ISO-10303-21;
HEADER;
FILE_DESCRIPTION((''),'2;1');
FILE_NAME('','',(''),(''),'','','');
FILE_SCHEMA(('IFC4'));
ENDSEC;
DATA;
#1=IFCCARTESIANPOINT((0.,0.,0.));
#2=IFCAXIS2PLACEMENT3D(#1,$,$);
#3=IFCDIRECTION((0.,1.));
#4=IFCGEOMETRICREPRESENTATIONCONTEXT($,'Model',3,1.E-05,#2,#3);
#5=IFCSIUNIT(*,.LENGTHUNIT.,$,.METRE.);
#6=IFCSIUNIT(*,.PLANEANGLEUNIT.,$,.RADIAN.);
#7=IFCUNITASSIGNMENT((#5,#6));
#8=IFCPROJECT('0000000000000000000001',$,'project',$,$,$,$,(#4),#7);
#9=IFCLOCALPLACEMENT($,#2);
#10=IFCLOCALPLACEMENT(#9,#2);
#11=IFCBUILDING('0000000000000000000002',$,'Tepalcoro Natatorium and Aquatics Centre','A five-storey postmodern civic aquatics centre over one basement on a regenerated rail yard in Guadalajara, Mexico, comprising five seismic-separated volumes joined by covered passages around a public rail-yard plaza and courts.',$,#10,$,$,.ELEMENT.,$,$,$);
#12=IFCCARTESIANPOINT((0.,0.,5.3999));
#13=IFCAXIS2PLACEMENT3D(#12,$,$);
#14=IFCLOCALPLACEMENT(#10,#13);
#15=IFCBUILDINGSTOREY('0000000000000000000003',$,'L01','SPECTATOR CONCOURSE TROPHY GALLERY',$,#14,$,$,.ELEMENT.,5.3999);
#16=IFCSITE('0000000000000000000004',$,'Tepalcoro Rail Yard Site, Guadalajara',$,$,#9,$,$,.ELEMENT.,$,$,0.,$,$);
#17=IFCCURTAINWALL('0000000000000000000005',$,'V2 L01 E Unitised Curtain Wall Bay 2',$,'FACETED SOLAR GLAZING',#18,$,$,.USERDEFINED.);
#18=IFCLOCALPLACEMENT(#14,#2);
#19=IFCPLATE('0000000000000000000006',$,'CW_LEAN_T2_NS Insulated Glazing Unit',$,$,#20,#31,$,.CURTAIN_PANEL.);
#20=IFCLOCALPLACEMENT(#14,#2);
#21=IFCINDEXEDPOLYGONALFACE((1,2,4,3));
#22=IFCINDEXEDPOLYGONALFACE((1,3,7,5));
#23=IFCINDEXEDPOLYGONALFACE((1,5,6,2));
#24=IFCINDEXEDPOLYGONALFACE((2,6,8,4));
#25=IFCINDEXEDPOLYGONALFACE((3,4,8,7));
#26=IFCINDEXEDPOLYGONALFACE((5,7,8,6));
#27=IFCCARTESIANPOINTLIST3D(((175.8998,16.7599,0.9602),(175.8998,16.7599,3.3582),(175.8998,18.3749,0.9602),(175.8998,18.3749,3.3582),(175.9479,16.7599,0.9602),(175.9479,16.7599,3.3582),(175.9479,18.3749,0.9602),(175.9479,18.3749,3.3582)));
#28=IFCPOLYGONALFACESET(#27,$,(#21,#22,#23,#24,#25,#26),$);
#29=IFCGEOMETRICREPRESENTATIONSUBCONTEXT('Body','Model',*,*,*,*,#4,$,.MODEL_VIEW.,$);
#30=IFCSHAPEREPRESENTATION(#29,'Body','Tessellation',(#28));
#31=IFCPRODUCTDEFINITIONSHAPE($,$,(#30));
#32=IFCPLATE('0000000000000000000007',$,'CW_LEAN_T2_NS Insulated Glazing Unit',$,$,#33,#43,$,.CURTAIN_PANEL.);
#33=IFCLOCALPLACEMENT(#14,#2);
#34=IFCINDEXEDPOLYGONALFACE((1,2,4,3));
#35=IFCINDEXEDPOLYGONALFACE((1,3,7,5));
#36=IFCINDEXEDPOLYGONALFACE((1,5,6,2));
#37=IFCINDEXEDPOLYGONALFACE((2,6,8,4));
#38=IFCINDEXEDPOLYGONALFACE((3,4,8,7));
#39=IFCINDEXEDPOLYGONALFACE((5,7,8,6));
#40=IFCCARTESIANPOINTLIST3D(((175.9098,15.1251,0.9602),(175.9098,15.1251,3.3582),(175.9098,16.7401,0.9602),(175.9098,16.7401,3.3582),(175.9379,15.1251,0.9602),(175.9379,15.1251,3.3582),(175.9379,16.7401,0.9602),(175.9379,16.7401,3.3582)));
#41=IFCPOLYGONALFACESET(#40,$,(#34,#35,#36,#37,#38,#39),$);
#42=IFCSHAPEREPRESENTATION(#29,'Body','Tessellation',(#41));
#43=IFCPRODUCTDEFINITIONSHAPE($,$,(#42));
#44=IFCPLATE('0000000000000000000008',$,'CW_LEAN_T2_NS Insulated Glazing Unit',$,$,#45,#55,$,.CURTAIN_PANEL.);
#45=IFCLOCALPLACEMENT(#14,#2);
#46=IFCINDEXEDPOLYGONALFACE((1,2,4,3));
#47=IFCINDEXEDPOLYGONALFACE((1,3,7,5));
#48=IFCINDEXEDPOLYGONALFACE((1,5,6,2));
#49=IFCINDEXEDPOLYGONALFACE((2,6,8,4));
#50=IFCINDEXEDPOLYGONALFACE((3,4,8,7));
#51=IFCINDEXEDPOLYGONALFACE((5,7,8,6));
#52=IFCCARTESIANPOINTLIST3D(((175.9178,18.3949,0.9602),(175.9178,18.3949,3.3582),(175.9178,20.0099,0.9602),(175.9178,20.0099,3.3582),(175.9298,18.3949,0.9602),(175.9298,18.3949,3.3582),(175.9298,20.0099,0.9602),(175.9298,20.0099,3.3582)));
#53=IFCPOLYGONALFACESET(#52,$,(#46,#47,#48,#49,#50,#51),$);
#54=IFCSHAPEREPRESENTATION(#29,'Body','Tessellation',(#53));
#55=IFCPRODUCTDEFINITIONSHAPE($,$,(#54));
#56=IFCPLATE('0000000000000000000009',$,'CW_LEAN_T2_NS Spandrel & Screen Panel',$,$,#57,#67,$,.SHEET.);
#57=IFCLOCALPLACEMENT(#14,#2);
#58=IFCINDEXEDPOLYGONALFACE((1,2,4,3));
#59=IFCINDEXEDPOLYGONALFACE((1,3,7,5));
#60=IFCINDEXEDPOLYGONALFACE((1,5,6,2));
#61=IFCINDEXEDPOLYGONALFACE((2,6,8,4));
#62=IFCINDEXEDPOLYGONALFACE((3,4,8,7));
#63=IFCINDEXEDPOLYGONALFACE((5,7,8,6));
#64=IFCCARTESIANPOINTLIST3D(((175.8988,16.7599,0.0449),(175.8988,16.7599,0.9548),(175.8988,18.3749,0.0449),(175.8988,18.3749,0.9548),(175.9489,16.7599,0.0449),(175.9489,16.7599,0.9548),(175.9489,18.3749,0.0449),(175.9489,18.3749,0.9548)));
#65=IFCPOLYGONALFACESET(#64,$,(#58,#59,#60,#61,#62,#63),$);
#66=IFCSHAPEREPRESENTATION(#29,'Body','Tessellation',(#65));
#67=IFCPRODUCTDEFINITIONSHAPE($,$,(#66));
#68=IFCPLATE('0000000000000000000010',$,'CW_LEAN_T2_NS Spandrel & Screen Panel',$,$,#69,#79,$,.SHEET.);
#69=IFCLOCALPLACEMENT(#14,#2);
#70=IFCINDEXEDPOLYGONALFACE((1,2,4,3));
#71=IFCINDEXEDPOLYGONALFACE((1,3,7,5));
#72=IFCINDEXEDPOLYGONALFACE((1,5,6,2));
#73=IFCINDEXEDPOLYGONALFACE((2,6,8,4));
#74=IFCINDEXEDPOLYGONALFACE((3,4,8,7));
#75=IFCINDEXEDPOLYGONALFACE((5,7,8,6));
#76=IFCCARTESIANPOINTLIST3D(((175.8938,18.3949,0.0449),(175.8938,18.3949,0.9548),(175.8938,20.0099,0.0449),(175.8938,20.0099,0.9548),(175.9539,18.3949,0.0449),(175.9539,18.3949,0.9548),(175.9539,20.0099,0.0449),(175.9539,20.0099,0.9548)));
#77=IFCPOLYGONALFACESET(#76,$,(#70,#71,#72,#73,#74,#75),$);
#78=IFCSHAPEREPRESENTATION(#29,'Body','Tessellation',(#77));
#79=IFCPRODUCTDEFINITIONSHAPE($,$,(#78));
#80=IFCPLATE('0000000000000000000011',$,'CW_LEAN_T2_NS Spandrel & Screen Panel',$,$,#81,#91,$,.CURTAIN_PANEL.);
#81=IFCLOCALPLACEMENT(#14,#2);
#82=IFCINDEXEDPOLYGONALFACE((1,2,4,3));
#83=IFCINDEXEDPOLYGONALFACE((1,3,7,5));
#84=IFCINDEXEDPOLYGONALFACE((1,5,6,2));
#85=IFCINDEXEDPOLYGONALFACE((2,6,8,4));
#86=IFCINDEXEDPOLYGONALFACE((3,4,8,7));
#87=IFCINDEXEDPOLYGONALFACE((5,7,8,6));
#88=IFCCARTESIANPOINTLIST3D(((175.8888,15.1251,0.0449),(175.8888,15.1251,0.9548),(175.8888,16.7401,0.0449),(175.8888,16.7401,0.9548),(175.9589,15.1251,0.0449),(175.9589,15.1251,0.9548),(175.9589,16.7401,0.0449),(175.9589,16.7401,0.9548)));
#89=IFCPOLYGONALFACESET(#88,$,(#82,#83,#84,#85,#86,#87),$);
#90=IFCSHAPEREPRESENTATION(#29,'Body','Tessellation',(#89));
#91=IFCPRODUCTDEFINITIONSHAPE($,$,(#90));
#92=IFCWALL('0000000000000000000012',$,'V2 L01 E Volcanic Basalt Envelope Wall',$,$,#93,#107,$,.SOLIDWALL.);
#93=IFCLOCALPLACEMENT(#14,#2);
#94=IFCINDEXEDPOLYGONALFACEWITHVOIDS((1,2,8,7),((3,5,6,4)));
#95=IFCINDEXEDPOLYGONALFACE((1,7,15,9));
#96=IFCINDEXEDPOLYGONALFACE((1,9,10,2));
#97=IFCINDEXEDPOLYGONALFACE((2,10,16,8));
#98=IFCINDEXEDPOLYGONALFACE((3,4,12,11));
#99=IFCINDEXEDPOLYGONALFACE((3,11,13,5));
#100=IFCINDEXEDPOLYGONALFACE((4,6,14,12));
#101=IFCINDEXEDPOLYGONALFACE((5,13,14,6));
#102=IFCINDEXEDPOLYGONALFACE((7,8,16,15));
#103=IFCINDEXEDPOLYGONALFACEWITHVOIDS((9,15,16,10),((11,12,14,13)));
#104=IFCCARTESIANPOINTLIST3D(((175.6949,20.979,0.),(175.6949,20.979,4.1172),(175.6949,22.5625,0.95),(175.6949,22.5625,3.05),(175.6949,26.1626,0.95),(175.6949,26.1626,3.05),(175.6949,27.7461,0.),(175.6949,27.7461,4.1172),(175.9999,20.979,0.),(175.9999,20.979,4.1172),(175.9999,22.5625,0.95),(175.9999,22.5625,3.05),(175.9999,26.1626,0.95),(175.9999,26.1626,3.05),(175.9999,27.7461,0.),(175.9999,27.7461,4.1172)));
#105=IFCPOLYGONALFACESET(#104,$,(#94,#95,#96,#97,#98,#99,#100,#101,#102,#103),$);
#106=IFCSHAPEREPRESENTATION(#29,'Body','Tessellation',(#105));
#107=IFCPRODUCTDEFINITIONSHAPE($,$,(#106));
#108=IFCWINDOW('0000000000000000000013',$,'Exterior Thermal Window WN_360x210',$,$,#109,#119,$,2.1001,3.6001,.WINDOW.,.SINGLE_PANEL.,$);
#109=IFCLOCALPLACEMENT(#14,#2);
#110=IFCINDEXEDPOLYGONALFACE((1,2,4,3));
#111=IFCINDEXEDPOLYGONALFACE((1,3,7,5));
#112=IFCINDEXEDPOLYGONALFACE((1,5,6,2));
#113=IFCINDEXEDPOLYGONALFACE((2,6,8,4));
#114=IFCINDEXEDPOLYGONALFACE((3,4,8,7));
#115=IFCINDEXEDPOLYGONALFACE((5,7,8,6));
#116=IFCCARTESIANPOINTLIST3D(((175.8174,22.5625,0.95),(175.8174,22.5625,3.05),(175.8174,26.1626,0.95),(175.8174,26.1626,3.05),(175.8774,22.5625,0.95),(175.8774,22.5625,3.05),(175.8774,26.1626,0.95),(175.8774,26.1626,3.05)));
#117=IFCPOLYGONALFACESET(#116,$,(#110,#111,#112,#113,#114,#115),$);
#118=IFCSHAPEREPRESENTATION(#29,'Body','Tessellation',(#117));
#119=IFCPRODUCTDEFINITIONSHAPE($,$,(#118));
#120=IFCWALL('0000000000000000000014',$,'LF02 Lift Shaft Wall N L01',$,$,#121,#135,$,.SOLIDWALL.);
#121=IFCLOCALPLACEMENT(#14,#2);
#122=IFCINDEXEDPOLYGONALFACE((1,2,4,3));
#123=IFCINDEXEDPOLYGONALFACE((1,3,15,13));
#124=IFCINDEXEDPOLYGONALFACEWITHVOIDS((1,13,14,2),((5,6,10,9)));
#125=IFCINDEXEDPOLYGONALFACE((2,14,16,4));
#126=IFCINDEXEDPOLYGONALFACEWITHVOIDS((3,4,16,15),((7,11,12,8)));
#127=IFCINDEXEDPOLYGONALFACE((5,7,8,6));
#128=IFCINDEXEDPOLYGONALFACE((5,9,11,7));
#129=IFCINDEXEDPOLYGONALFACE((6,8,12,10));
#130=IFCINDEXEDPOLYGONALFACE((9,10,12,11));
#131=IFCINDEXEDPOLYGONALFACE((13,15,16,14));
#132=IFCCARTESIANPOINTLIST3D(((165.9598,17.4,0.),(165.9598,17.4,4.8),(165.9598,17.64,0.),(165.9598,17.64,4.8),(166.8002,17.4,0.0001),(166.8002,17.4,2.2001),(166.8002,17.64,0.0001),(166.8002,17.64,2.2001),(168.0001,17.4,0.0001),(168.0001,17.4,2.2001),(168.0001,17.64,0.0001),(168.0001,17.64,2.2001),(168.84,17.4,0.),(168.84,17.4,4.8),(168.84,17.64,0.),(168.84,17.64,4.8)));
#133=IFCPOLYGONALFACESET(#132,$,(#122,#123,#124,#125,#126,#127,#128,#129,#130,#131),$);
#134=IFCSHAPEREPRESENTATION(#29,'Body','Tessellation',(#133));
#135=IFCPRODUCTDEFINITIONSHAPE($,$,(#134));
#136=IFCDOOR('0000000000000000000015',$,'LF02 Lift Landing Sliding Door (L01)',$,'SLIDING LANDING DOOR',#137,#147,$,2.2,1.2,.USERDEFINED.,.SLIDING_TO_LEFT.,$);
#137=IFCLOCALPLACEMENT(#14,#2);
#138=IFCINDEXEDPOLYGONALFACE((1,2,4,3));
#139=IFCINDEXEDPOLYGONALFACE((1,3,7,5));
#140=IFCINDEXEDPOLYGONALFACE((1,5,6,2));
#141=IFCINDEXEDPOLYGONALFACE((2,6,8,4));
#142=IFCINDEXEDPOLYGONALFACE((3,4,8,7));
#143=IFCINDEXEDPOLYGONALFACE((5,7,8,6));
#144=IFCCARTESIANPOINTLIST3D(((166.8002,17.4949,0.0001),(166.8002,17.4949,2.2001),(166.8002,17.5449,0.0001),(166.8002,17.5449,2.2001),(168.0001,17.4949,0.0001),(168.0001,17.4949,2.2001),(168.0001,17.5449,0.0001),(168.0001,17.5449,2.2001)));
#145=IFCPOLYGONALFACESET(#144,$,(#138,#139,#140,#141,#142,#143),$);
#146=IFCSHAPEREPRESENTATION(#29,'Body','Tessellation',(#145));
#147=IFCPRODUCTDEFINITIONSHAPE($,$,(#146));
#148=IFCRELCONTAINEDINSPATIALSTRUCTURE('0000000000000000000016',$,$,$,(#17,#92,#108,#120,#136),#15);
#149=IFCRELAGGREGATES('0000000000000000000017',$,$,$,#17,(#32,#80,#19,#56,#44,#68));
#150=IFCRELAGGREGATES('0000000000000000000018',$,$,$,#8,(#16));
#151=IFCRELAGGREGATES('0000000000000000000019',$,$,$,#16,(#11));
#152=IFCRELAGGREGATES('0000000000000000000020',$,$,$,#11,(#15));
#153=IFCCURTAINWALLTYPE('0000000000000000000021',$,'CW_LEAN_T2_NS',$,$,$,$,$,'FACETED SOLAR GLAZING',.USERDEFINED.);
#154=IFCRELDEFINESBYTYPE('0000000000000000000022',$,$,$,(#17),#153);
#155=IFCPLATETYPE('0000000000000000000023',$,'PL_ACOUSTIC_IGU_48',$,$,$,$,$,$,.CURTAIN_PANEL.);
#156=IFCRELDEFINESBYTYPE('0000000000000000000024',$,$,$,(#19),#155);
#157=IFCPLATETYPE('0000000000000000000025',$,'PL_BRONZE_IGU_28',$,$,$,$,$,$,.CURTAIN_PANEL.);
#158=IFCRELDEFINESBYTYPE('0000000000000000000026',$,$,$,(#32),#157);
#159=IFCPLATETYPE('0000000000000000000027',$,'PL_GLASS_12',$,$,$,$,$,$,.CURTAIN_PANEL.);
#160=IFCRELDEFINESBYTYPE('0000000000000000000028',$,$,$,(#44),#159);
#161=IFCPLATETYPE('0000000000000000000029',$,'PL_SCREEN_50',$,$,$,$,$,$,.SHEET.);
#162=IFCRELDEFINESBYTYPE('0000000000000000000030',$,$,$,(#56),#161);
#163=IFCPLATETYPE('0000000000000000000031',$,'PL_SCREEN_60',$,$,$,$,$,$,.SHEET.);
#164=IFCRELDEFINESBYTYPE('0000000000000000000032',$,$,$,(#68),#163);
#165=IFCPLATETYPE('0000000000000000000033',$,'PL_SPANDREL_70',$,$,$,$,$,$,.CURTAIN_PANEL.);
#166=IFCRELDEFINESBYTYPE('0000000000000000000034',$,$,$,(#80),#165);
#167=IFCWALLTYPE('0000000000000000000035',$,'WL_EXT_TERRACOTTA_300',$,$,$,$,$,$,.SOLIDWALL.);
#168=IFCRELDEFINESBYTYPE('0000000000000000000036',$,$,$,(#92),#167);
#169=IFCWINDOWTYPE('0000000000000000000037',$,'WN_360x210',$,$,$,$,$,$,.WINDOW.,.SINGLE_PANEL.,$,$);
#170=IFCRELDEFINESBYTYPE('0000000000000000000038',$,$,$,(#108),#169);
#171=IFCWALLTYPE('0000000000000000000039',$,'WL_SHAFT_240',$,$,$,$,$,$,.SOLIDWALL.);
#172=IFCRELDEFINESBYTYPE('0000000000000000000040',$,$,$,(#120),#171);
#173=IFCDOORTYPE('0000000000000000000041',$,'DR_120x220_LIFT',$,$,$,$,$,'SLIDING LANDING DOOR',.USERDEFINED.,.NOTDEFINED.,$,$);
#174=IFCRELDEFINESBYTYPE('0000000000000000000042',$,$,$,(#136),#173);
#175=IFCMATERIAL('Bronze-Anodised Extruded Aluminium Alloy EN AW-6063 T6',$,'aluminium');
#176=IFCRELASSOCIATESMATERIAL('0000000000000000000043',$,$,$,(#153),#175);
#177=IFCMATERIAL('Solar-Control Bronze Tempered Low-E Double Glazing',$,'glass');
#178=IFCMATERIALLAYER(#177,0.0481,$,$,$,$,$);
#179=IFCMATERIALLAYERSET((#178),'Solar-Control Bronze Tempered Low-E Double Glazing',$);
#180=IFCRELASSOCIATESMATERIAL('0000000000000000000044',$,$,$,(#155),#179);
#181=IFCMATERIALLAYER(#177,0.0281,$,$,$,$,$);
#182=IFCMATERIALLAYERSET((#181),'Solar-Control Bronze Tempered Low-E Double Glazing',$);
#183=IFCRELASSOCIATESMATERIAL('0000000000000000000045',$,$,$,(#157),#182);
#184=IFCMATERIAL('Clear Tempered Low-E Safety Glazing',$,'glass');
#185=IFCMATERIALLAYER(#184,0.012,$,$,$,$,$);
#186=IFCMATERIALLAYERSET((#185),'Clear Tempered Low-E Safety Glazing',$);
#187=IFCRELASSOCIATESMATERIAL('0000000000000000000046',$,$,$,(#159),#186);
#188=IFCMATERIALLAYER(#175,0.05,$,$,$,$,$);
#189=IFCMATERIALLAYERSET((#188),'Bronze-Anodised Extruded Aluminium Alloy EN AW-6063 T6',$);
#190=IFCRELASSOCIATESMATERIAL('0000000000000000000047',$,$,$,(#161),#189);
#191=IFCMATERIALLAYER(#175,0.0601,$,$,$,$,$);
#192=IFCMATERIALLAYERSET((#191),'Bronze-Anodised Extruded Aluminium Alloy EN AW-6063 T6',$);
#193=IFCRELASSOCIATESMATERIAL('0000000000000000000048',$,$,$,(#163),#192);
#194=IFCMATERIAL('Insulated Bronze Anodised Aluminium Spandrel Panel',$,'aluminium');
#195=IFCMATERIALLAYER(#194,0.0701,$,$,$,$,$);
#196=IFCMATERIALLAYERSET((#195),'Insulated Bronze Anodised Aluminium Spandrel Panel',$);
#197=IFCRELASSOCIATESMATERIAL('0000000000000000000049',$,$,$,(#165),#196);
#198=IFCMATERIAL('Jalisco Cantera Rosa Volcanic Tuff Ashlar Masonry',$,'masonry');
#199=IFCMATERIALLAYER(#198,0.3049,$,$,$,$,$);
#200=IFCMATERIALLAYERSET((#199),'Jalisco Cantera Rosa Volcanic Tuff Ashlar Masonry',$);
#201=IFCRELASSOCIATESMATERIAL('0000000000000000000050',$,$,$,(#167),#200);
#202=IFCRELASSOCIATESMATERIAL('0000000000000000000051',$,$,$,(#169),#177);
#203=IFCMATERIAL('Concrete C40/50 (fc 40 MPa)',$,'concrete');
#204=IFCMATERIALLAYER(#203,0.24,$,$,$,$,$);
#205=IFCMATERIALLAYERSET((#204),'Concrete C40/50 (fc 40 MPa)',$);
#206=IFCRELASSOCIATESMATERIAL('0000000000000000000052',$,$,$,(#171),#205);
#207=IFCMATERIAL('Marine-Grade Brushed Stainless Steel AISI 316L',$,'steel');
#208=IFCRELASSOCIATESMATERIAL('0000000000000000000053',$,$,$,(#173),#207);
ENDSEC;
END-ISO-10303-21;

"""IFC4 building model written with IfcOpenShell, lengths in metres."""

from ifc_helpers import new_model, si_unit, direction, frame, frame_2d, origin, origin_2d, place, context, subcontext, project, spatial, rectangle, extrude, material, layer, layer_set, type_object, element, fill, aggregate, save


model = new_model("IFC4")

# Units and contexts
model_context = context("Model", 3, precision=1e-05, world=origin(), true_north=direction((0.0, 1.0)))
body_context = subcontext(model_context, "Body", "Model", "MODEL_VIEW")
ifc_project = project(units=[si_unit("LENGTHUNIT", "METRE"), si_unit("PLANEANGLEUNIT", "RADIAN")], contexts=[model_context])

# Site, building, storey
site_placement = place(None, origin())
site = spatial("IfcSite", under=ifc_project, at=site_placement, Name="Tepalcoro Rail Yard Site, Guadalajara", CompositionType="ELEMENT", RefElevation=0.0)
building_placement = place(site_placement, origin())
building = spatial("IfcBuilding", under=site, at=building_placement, Name="Tepalcoro Natatorium and Aquatics Centre", Description="A five-storey postmodern civic aquatics centre over one basement on a regenerated rail yard in Guadalajara, Mexico, comprising five seismic-separated volumes joined by covered passages around a public rail-yard plaza and courts.", CompositionType="ELEMENT")
storey_placement = place(building_placement, frame((0.0, 0.0, 5.3999)))
storey = spatial("IfcBuildingStorey", under=building, at=storey_placement, Name="L01", Description="SPECTATOR CONCOURSE TROPHY GALLERY", CompositionType="ELEMENT", Elevation=5.3999)

# Shared definitions
ifc_material_1 = material(Name="Concrete C40/50 (fc 40 MPa)", Category="concrete")

# Curtain wall
ifc_material_2 = material(Name="Bronze-Anodised Extruded Aluminium Alloy EN AW-6063 T6", Category="aluminium")
curtain_wall_type = type_object("IfcCurtainWallType", Name="CW_LEAN_T2_NS", ElementType="FACETED SOLAR GLAZING", PredefinedType="USERDEFINED", material=ifc_material_2)
curtain_wall_placement = place(storey_placement, origin())
curtain_wall = element("IfcCurtainWall", 1, at=curtain_wall_placement, inside=storey, type_object=curtain_wall_type, Name="V2 L01 E Unitised Curtain Wall Bay 2", ObjectType="FACETED SOLAR GLAZING", PredefinedType="USERDEFINED")

# Plates
ifc_material_3 = material(Name="Solar-Control Bronze Tempered Low-E Double Glazing", Category="glass")
ifc_layer_1 = layer(ifc_material_3, 0.0481)
ifc_layer_set_1 = layer_set([ifc_layer_1], Name="Solar-Control Bronze Tempered Low-E Double Glazing")
plate_type_1 = type_object("IfcPlateType", Name="PL_ACOUSTIC_IGU_48", PredefinedType="CURTAIN_PANEL", material=ifc_layer_set_1)
plate_1_placement = place(storey_placement, frame((175.9238, 17.5674, 0.9602), z_axis=(0.0, 0.0, 1.0), x_axis=(1.0, 0.0, 0.0)))
plate_1 = element("IfcPlate", 2, at=plate_1_placement, type_object=plate_type_1, Name="CW_LEAN_T2_NS Insulated Glazing Unit", PredefinedType="CURTAIN_PANEL", context=body_context, shape_type="SweptSolid", body=[
    extrude(rectangle(XDim=0.0481, YDim=1.615, at=origin_2d()), origin(), (0.0, 0.0, 1.0), 2.3979),
])
ifc_layer_2 = layer(ifc_material_3, 0.0281)
ifc_layer_set_2 = layer_set([ifc_layer_2], Name="Solar-Control Bronze Tempered Low-E Double Glazing")
plate_type_2 = type_object("IfcPlateType", Name="PL_BRONZE_IGU_28", PredefinedType="CURTAIN_PANEL", material=ifc_layer_set_2)
plate_2_placement = place(storey_placement, frame((175.9238, 15.9326, 0.9602), z_axis=(0.0, 0.0, 1.0), x_axis=(1.0, 0.0, 0.0)))
plate_2 = element("IfcPlate", 3, at=plate_2_placement, type_object=plate_type_2, Name="CW_LEAN_T2_NS Insulated Glazing Unit", PredefinedType="CURTAIN_PANEL", context=body_context, shape_type="SweptSolid", body=[
    extrude(rectangle(XDim=0.0281, YDim=1.615, at=origin_2d()), origin(), (0.0, 0.0, 1.0), 2.3979),
])
ifc_material_4 = material(Name="Clear Tempered Low-E Safety Glazing", Category="glass")
ifc_layer_3 = layer(ifc_material_4, 0.012)
ifc_layer_set_3 = layer_set([ifc_layer_3], Name="Clear Tempered Low-E Safety Glazing")
plate_type_3 = type_object("IfcPlateType", Name="PL_GLASS_12", PredefinedType="CURTAIN_PANEL", material=ifc_layer_set_3)
plate_3_placement = place(storey_placement, frame((175.9238, 19.2024, 0.9602), z_axis=(0.0, 0.0, 1.0), x_axis=(1.0, 0.0, 0.0)))
plate_3 = element("IfcPlate", 4, at=plate_3_placement, type_object=plate_type_3, Name="CW_LEAN_T2_NS Insulated Glazing Unit", PredefinedType="CURTAIN_PANEL", context=body_context, shape_type="SweptSolid", body=[
    extrude(rectangle(XDim=0.012, YDim=1.615, at=origin_2d()), origin(), (0.0, 0.0, 1.0), 2.3979),
])
ifc_layer_4 = layer(ifc_material_2, 0.05)
ifc_layer_set_4 = layer_set([ifc_layer_4], Name="Bronze-Anodised Extruded Aluminium Alloy EN AW-6063 T6")
plate_type_4 = type_object("IfcPlateType", Name="PL_SCREEN_50", PredefinedType="SHEET", material=ifc_layer_set_4)
plate_4_placement = place(storey_placement, frame((175.9238, 17.5674, 0.0449), z_axis=(0.0, 0.0, 1.0), x_axis=(1.0, 0.0, 0.0)))
plate_4 = element("IfcPlate", 5, at=plate_4_placement, type_object=plate_type_4, Name="CW_LEAN_T2_NS Spandrel & Screen Panel", PredefinedType="SHEET", context=body_context, shape_type="SweptSolid", body=[
    extrude(rectangle(XDim=0.05, YDim=1.615, at=origin_2d()), origin(), (0.0, 0.0, 1.0), 0.9099),
])
ifc_layer_5 = layer(ifc_material_2, 0.0601)
ifc_layer_set_5 = layer_set([ifc_layer_5], Name="Bronze-Anodised Extruded Aluminium Alloy EN AW-6063 T6")
plate_type_5 = type_object("IfcPlateType", Name="PL_SCREEN_60", PredefinedType="SHEET", material=ifc_layer_set_5)
plate_5_placement = place(storey_placement, frame((175.9238, 19.2024, 0.0449), z_axis=(0.0, 0.0, 1.0), x_axis=(1.0, 0.0, 0.0)))
plate_5 = element("IfcPlate", 6, at=plate_5_placement, type_object=plate_type_5, Name="CW_LEAN_T2_NS Spandrel & Screen Panel", PredefinedType="SHEET", context=body_context, shape_type="SweptSolid", body=[
    extrude(rectangle(XDim=0.0601, YDim=1.615, at=origin_2d()), origin(), (0.0, 0.0, 1.0), 0.9099),
])
ifc_material_5 = material(Name="Insulated Bronze Anodised Aluminium Spandrel Panel", Category="aluminium")
ifc_layer_6 = layer(ifc_material_5, 0.0701)
ifc_layer_set_6 = layer_set([ifc_layer_6], Name="Insulated Bronze Anodised Aluminium Spandrel Panel")
plate_type_6 = type_object("IfcPlateType", Name="PL_SPANDREL_70", PredefinedType="CURTAIN_PANEL", material=ifc_layer_set_6)
plate_6_placement = place(storey_placement, frame((175.9238, 15.9326, 0.0449), z_axis=(0.0, 0.0, 1.0), x_axis=(1.0, 0.0, 0.0)))
plate_6 = element("IfcPlate", 7, at=plate_6_placement, type_object=plate_type_6, Name="CW_LEAN_T2_NS Spandrel & Screen Panel", PredefinedType="CURTAIN_PANEL", context=body_context, shape_type="SweptSolid", body=[
    extrude(rectangle(XDim=0.0701, YDim=1.615, at=origin_2d()), origin(), (0.0, 0.0, 1.0), 0.9099),
])
aggregate(curtain_wall, [plate_2, plate_6, plate_1, plate_4, plate_3, plate_5])

# Wall, opening, window
ifc_material_6 = material(Name="Jalisco Cantera Rosa Volcanic Tuff Ashlar Masonry", Category="masonry")
ifc_layer_7 = layer(ifc_material_6, 0.3049)
ifc_layer_set_7 = layer_set([ifc_layer_7], Name="Jalisco Cantera Rosa Volcanic Tuff Ashlar Masonry")
wall_type_1 = type_object("IfcWallType", Name="WL_EXT_TERRACOTTA_300", PredefinedType="SOLIDWALL", material=ifc_layer_set_7)
wall_1_placement = place(storey_placement, frame((175.8474, 20.979, 0.0), z_axis=(0.0, 0.0, 1.0), x_axis=(0.0, 1.0, 0.0)))
wall_1 = element("IfcWall", 8, at=wall_1_placement, inside=storey, type_object=wall_type_1, Name="V2 L01 E Volcanic Basalt Envelope Wall", PredefinedType="SOLIDWALL", context=body_context, shape_type="SweptSolid", body=[
    extrude(rectangle(XDim=6.7671, YDim=0.3049, at=frame_2d((3.3835, 0.0))), origin(), (0.0, 0.0, 1.0), 4.1172),
])
opening_1_placement = place(wall_1_placement, frame((1.5835, 0.0, 0.95)))
opening_1 = element("IfcOpeningElement", 9, at=opening_1_placement, cuts=wall_1, PredefinedType="OPENING", context=body_context, shape_type="SweptSolid", body=[
    extrude(rectangle(XDim=3.6001, YDim=2.1001, at=frame_2d((1.8, 1.05))), frame((0.0, 0.1646, 0.0), z_axis=(0.0, -1.0, 0.0), x_axis=(1.0, 0.0, 0.0)), (0.0, 0.0, 1.0), 0.3289),
])
window_type = type_object("IfcWindowType", Name="WN_360x210", PartitioningType="SINGLE_PANEL", PredefinedType="WINDOW", material=ifc_material_3)
window_placement = place(opening_1_placement, origin())
window = element("IfcWindow", 10, at=window_placement, inside=storey, type_object=window_type, Name="Exterior Thermal Window WN_360x210", OverallHeight=2.1001, OverallWidth=3.6001, PartitioningType="SINGLE_PANEL", PredefinedType="WINDOW", context=body_context, shape_type="SweptSolid", body=[
    extrude(rectangle(XDim=3.6001, YDim=2.1001, at=frame_2d((1.8, 1.05))), frame((0.0, 0.03, 0.0), z_axis=(0.0, -1.0, 0.0), x_axis=(1.0, 0.0, 0.0)), (0.0, 0.0, 1.0), 0.0601),
])
fill(opening_1, window)

# Wall, opening, door
ifc_layer_8 = layer(ifc_material_1, 0.24)
ifc_layer_set_8 = layer_set([ifc_layer_8], Name="Concrete C40/50 (fc 40 MPa)")
wall_type_2 = type_object("IfcWallType", Name="WL_SHAFT_240", PredefinedType="SOLIDWALL", material=ifc_layer_set_8)
wall_2_placement = place(storey_placement, frame((165.96, 17.52, 0.0), z_axis=(0.0, 0.0, 1.0), x_axis=(1.0, 0.0, 0.0)))
wall_2 = element("IfcWall", 11, at=wall_2_placement, inside=storey, type_object=wall_type_2, Name="LF02 Lift Shaft Wall N L01", PredefinedType="SOLIDWALL", context=body_context, shape_type="SweptSolid", body=[
    extrude(rectangle(XDim=2.8801, YDim=0.24, at=frame_2d((1.4399, 0.0))), origin(), (0.0, 0.0, 1.0), 4.8),
])
opening_2_placement = place(wall_2_placement, frame((0.8401, 0.0, 0.0)))
opening_2 = element("IfcOpeningElement", 12, at=opening_2_placement, cuts=wall_2, PredefinedType="OPENING", context=body_context, shape_type="SweptSolid", body=[
    extrude(rectangle(XDim=1.2, YDim=2.2, at=frame_2d((0.6001, 1.1001))), frame((0.0, 0.1318, 0.0), z_axis=(0.0, -1.0, 0.0), x_axis=(1.0, 0.0, 0.0)), (0.0, 0.0, 1.0), 0.2639),
])
ifc_material_7 = material(Name="Marine-Grade Brushed Stainless Steel AISI 316L", Category="steel")
door_type = type_object("IfcDoorType", Name="DR_120x220_LIFT", ElementType="SLIDING LANDING DOOR", OperationType="NOTDEFINED", PredefinedType="USERDEFINED", material=ifc_material_7)
door_placement = place(opening_2_placement, origin())
door = element("IfcDoor", 13, at=door_placement, inside=storey, type_object=door_type, Name="LF02 Lift Landing Sliding Door (L01)", ObjectType="SLIDING LANDING DOOR", OperationType="SLIDING_TO_LEFT", OverallHeight=2.2, OverallWidth=1.2, PredefinedType="USERDEFINED", context=body_context, shape_type="SweptSolid", body=[
    extrude(rectangle(XDim=1.2, YDim=2.2, at=frame_2d((0.6001, 1.1001))), frame((0.0, 0.0249, 0.0), z_axis=(0.0, -1.0, 0.0), x_axis=(1.0, 0.0, 0.0)), (0.0, 0.0, 1.0), 0.05),
])
fill(opening_2, door)

save(model, "model.ifc")
